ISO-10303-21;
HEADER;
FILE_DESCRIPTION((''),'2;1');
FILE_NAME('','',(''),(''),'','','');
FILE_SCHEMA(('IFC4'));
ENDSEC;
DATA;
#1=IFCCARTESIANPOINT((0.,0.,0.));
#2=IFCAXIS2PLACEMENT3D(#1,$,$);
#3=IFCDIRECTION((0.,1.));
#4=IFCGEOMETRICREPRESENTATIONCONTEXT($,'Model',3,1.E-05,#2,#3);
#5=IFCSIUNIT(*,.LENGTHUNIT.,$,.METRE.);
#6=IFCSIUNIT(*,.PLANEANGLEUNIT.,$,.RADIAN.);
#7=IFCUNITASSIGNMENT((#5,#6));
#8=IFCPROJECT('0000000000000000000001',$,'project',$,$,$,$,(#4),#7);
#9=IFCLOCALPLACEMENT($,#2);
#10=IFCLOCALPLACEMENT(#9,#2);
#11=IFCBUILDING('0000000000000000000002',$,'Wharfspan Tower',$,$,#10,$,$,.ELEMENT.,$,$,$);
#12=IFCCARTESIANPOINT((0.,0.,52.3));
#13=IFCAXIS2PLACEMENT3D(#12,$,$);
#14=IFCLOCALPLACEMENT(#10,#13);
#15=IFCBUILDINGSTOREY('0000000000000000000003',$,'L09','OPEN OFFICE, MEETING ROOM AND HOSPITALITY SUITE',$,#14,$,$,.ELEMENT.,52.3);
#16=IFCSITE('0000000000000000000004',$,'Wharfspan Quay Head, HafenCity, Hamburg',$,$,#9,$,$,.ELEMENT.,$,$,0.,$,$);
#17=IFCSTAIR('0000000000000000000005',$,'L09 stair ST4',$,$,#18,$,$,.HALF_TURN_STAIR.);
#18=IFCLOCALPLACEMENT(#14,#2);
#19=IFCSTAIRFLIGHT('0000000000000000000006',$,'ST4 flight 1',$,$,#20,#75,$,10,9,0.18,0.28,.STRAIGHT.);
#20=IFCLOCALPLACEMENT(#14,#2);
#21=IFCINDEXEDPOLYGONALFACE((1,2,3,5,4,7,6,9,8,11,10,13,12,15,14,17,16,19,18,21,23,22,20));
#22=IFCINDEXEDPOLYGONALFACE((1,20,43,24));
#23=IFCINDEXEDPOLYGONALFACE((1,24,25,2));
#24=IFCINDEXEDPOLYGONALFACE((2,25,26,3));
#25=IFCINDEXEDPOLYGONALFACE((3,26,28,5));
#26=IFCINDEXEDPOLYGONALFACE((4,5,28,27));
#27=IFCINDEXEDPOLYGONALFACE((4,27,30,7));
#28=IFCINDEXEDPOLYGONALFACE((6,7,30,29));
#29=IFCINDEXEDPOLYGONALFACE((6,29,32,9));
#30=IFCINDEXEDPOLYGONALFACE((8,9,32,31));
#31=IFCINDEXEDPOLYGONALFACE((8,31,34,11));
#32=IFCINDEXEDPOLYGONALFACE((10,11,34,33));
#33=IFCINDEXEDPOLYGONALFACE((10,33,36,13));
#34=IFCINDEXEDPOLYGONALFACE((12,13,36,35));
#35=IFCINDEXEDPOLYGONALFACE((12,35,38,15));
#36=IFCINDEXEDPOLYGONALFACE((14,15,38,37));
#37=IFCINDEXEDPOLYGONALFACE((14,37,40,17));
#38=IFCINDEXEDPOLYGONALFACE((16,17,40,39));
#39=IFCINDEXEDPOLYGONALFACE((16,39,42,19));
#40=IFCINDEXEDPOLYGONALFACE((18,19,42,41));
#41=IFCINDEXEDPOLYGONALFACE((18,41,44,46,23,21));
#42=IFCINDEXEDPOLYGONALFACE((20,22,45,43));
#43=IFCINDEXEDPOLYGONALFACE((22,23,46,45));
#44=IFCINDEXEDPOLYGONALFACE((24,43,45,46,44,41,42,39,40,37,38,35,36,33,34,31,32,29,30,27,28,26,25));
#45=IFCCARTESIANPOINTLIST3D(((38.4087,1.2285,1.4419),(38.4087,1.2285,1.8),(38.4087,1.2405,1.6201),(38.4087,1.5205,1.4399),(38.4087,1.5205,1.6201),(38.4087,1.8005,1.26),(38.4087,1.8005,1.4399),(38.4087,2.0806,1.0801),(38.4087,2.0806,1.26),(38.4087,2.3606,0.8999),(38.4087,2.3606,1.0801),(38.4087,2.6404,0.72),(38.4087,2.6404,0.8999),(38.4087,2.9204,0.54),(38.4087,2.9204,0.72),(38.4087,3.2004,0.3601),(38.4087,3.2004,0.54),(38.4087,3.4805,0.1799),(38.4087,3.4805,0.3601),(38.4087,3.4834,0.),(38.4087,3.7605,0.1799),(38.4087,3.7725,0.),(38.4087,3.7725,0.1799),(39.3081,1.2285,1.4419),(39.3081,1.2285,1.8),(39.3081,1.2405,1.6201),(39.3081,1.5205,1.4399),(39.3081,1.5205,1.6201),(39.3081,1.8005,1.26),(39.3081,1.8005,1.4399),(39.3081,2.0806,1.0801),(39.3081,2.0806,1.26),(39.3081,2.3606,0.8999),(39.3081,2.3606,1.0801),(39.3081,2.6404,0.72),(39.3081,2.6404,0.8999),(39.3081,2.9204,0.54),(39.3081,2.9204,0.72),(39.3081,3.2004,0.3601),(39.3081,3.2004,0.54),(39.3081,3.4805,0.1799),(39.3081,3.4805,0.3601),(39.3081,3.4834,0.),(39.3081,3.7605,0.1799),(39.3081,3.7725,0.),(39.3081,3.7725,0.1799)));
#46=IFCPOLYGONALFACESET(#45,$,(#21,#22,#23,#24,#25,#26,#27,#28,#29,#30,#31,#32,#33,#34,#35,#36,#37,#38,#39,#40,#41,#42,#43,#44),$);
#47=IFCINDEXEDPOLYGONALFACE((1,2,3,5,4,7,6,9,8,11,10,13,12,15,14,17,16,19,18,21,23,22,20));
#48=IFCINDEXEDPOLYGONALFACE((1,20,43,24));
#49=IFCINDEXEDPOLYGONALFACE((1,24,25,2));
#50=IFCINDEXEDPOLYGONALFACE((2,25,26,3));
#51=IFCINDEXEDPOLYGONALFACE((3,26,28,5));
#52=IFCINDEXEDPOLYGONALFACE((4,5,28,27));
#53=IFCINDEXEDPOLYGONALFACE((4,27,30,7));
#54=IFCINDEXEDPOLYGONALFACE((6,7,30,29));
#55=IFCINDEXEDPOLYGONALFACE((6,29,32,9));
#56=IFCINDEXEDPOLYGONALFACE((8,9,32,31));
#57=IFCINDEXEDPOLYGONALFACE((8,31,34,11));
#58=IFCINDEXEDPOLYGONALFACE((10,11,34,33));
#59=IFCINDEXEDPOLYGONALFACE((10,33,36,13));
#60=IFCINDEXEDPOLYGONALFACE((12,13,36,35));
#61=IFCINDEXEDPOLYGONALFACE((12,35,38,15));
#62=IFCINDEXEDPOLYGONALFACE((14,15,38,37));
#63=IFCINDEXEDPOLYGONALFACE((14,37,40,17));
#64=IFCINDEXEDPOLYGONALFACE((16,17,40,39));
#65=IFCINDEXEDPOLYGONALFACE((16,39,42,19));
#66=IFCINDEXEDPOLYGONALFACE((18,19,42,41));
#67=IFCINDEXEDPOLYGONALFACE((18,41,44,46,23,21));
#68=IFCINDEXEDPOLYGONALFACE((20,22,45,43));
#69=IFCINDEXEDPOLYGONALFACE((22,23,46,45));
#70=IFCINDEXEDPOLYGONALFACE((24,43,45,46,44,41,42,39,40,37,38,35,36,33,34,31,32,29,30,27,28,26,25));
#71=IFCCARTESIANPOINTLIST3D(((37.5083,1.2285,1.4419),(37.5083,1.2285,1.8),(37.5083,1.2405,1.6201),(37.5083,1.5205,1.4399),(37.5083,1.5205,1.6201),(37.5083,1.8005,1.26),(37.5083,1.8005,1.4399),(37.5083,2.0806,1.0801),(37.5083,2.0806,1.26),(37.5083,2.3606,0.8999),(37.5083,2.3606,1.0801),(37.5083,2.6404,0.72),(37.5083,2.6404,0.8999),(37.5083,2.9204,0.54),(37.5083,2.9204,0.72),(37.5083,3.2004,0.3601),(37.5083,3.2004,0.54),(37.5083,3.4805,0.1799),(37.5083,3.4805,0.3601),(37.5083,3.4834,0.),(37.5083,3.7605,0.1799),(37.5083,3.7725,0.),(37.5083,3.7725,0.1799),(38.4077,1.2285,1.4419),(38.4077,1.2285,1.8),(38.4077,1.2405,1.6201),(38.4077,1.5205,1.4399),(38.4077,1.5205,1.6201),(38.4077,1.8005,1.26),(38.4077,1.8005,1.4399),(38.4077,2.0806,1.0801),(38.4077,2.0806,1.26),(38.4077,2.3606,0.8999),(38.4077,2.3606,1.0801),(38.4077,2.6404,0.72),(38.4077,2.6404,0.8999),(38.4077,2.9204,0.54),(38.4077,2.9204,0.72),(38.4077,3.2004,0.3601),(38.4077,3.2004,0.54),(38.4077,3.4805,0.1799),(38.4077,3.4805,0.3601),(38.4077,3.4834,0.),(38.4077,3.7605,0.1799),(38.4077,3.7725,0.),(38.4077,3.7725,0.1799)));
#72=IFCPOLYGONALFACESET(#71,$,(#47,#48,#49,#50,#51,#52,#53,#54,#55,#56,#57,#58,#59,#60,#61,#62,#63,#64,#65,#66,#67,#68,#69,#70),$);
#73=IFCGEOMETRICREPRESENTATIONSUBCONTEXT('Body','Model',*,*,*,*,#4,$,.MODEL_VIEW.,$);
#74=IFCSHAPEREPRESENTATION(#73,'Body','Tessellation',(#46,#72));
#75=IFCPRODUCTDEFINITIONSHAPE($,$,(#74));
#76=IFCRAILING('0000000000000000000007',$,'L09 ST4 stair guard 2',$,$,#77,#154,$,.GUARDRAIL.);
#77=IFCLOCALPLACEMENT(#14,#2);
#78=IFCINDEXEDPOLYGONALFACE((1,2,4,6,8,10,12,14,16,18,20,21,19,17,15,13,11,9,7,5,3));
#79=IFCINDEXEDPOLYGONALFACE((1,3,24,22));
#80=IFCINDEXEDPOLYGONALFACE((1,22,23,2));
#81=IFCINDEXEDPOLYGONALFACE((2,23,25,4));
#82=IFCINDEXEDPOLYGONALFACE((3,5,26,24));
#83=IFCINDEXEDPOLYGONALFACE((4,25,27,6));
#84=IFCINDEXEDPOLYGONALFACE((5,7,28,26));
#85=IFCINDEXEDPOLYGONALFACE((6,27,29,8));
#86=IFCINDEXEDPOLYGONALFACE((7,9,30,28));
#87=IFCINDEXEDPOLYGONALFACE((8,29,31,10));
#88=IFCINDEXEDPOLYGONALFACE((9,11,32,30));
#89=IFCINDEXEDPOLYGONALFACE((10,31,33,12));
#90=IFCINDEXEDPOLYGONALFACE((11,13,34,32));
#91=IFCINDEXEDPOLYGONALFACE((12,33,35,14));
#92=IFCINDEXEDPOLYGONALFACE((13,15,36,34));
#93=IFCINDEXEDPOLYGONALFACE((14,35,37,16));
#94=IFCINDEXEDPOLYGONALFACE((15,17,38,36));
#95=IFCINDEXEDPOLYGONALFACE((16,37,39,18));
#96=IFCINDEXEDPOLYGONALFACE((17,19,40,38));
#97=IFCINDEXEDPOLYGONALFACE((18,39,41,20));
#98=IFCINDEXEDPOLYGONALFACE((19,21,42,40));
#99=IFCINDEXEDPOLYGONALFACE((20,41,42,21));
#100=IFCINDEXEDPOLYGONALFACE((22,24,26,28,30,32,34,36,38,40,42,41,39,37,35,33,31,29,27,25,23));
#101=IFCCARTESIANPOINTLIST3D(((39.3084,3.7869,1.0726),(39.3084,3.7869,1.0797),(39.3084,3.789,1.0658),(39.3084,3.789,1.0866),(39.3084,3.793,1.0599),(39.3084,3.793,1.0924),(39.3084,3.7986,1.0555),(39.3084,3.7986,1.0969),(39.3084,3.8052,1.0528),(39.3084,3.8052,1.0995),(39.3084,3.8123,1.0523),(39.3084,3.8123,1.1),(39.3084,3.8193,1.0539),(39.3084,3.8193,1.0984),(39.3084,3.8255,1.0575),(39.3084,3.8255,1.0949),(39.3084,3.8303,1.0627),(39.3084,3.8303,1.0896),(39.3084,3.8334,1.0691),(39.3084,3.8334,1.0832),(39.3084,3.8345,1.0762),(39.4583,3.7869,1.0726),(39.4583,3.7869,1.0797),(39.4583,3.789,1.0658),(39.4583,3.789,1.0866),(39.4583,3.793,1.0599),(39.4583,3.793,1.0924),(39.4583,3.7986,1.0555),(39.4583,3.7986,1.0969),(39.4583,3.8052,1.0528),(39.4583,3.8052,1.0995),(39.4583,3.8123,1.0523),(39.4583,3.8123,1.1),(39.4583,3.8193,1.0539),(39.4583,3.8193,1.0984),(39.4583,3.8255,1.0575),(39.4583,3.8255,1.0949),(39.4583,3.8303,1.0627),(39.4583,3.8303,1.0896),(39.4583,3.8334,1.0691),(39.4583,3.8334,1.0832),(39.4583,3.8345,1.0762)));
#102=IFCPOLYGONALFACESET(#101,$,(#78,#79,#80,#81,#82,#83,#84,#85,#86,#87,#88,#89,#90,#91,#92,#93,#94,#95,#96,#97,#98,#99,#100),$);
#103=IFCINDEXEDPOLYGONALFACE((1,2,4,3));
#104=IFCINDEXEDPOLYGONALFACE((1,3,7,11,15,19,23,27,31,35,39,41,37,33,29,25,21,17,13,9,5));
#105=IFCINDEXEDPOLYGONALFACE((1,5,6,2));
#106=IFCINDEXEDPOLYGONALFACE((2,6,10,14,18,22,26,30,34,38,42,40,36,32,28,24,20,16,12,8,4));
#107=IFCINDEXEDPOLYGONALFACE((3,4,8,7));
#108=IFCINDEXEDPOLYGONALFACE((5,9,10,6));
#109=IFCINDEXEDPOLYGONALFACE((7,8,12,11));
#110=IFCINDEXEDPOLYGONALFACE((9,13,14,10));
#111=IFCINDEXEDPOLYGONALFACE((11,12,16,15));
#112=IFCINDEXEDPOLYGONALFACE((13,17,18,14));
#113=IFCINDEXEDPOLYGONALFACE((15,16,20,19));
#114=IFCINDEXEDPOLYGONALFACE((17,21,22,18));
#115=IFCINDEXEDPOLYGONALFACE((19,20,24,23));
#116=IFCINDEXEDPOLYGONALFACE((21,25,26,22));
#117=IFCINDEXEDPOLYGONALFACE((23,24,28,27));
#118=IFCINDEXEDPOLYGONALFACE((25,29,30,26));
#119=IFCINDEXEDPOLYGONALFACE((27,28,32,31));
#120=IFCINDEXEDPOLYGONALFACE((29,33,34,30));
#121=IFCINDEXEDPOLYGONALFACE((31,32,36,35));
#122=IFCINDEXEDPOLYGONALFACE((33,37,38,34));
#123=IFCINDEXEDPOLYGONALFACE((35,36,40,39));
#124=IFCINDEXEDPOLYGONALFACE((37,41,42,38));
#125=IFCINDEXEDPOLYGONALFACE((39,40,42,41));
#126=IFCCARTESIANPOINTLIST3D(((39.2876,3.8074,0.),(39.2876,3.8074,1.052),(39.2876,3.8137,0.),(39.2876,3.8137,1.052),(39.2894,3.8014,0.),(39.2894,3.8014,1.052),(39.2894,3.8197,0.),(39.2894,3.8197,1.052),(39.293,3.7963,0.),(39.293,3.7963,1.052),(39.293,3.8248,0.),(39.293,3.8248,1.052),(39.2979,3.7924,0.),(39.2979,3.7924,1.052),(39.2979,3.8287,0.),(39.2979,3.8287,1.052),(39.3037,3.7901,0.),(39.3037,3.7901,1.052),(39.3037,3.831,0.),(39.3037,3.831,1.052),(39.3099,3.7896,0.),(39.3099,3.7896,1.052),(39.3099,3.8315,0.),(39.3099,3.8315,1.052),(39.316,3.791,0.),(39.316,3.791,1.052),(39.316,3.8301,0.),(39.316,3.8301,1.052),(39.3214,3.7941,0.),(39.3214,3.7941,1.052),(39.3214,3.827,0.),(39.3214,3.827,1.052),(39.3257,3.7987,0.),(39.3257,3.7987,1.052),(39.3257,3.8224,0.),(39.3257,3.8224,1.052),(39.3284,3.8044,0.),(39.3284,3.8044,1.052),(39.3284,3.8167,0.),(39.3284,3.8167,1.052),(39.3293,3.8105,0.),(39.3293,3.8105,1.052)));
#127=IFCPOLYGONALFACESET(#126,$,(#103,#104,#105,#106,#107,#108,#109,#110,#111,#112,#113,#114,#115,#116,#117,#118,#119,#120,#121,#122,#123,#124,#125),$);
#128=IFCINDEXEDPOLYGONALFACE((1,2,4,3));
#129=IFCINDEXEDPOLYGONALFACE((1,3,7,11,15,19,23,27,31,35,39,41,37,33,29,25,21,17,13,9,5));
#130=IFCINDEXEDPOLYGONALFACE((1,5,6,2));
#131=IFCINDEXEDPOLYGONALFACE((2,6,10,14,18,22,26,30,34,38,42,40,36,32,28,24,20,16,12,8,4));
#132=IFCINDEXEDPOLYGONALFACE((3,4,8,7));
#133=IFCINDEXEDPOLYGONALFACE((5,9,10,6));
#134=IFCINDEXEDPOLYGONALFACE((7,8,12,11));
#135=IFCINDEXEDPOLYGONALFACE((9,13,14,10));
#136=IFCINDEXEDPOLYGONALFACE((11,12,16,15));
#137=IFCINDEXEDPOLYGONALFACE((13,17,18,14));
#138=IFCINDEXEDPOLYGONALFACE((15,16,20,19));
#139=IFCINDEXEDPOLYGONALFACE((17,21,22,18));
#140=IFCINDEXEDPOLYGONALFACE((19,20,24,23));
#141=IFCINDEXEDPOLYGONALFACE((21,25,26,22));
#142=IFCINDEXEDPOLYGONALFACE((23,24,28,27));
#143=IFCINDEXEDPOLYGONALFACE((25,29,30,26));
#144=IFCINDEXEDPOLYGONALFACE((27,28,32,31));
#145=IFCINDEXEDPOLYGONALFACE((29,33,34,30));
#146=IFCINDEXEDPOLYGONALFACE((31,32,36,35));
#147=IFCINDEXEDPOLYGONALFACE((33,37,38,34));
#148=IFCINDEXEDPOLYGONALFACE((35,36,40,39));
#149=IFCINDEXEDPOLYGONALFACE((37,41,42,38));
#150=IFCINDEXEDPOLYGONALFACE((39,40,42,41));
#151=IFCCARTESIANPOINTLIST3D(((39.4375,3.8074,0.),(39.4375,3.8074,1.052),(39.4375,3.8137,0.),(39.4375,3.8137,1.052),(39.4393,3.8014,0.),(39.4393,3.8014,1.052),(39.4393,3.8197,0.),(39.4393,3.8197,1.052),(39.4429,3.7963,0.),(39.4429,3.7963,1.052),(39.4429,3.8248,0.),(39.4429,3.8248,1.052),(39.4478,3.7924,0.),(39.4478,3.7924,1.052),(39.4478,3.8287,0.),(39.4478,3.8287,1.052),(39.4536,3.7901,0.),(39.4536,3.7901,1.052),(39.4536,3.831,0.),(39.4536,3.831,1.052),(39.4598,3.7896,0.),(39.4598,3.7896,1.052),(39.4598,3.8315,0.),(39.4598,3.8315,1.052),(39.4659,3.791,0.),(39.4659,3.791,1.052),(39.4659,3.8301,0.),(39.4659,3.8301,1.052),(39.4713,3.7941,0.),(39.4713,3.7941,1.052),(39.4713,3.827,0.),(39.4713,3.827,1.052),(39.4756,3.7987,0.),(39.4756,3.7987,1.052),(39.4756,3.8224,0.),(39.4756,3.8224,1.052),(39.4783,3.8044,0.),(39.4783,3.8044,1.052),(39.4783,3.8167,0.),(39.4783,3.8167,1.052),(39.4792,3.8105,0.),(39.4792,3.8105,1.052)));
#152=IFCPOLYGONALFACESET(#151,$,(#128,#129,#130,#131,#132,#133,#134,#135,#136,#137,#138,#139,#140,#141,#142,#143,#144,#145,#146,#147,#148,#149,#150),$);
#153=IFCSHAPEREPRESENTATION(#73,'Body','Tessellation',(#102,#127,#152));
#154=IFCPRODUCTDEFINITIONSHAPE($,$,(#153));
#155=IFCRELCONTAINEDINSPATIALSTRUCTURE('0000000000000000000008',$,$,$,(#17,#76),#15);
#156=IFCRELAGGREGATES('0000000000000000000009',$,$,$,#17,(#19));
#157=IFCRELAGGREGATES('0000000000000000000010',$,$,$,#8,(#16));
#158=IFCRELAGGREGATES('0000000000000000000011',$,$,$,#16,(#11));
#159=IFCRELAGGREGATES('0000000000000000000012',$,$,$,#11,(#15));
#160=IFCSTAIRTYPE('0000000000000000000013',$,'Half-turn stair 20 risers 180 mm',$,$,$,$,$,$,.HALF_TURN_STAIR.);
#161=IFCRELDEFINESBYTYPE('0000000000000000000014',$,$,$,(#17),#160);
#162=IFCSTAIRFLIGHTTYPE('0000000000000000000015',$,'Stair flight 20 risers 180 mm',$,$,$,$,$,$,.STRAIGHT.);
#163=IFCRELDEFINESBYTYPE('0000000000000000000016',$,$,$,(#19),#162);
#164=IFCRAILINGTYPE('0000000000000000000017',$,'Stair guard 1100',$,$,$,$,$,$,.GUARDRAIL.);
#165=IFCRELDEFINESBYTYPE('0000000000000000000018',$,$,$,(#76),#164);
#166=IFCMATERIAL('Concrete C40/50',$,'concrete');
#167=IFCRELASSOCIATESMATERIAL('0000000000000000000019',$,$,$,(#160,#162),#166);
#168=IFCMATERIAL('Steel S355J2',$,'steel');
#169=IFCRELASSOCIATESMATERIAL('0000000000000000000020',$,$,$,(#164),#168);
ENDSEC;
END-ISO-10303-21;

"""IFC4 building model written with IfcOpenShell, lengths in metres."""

from ifc_helpers import new_model, si_unit, direction, frame, origin, origin_2d, place, context, subcontext, project, spatial, polyline, circle, outline, extrude, material, type_object, element, aggregate, save


model = new_model("IFC4")

# Units and contexts
model_context = context("Model", 3, precision=1e-05, world=origin(), true_north=direction((0.0, 1.0)))
body_context = subcontext(model_context, "Body", "Model", "MODEL_VIEW")
ifc_project = project(units=[si_unit("LENGTHUNIT", "METRE"), si_unit("PLANEANGLEUNIT", "RADIAN")], contexts=[model_context])

# Site, building, storey
site_placement = place(None, origin())
site = spatial("IfcSite", under=ifc_project, at=site_placement, Name="Wharfspan Quay Head, HafenCity, Hamburg", CompositionType="ELEMENT", RefElevation=0.0)
building_placement = place(site_placement, origin())
building = spatial("IfcBuilding", under=site, at=building_placement, Name="Wharfspan Tower", CompositionType="ELEMENT")
storey_placement = place(building_placement, frame((0.0, 0.0, 52.3)))
storey = spatial("IfcBuildingStorey", under=building, at=storey_placement, Name="L09", Description="OPEN OFFICE, MEETING ROOM AND HOSPITALITY SUITE", CompositionType="ELEMENT", Elevation=52.3)

# Shared definitions
ifc_material_1 = material(Name="Steel S355J2", Category="steel")

# Shared definitions
ifc_material_2 = material(Name="Concrete C40/50", Category="concrete")

# Stair, stair flight
stair_type = type_object("IfcStairType", Name="Half-turn stair 20 risers 180 mm", PredefinedType="HALF_TURN_STAIR", material=ifc_material_2)
stair_placement = place(storey_placement, origin())
stair = element("IfcStair", 1, at=stair_placement, inside=storey, type_object=stair_type, Name="L09 stair ST4", PredefinedType="HALF_TURN_STAIR")
stair_flight_type = type_object("IfcStairFlightType", Name="Stair flight 20 risers 180 mm", PredefinedType="STRAIGHT", material=ifc_material_2)
stair_flight_placement = place(storey_placement, frame((38.4082, 3.7605, 0.0), z_axis=(0.0, 0.0, 1.0), x_axis=(0.0, -1.0, 0.0)))
stair_flight = element("IfcStairFlight", 2, at=stair_flight_placement, type_object=stair_flight_type, Name="ST4 flight 1", NumberOfRisers=10, NumberOfTreads=9, PredefinedType="STRAIGHT", RiserHeight=0.18, TreadLength=0.28, context=body_context, shape_type="SweptSolid", body=[
    extrude(outline(polyline([(-0.012, 0.0), (-0.012, 0.1799), (0.0, 0.1799), (0.28, 0.1799), (0.28, 0.3601), (0.5601, 0.3601), (0.5601, 0.54), (0.8401, 0.54), (0.8401, 0.72), (1.1201, 0.72), (1.1201, 0.8999), (1.3999, 0.8999), (1.3999, 1.0801), (1.6799, 1.0801), (1.6799, 1.26), (1.96, 1.26), (1.96, 1.4399), (2.24, 1.4399), (2.24, 1.6201), (2.52, 1.6201), (2.532, 1.8), (2.532, 1.4419), (0.2771, 0.0), (-0.012, 0.0)])), frame((0.0, 0.8999, 0.0), z_axis=(0.0, -1.0, 0.0), x_axis=(1.0, 0.0, 0.0)), (0.0, 0.0, 1.0), 0.8994),
    extrude(outline(polyline([(-0.012, 0.0), (-0.012, 0.1799), (0.0, 0.1799), (0.28, 0.1799), (0.28, 0.3601), (0.5601, 0.3601), (0.5601, 0.54), (0.8401, 0.54), (0.8401, 0.72), (1.1201, 0.72), (1.1201, 0.8999), (1.3999, 0.8999), (1.3999, 1.0801), (1.6799, 1.0801), (1.6799, 1.26), (1.96, 1.26), (1.96, 1.4399), (2.24, 1.4399), (2.24, 1.6201), (2.52, 1.6201), (2.532, 1.8), (2.532, 1.4419), (0.2771, 0.0), (-0.012, 0.0)])), frame((0.0, -0.0005, 0.0), z_axis=(0.0, -1.0, 0.0), x_axis=(1.0, 0.0, 0.0)), (0.0, 0.0, 1.0), 0.8994),
])
aggregate(stair, [stair_flight])

# Railing
railing_type_1 = type_object("IfcRailingType", Name="Stair guard 1100", PredefinedType="GUARDRAIL", material=ifc_material_1)
railing_1_placement = place(storey_placement, frame((39.3083, 3.8105, 0.0)))
element("IfcRailing", 3, at=railing_1_placement, inside=storey, type_object=railing_type_1, Name="L09 ST4 stair guard 2", PredefinedType="GUARDRAIL", context=body_context, shape_type="SweptSolid", body=[
    extrude(circle(Radius=0.0239, at=origin_2d()), frame((0.0, 0.0, 1.0762), z_axis=(1.0, 0.0, 0.0), x_axis=(0.0, 1.0, 0.0)), (0.0, 0.0, 1.0), 0.1499),
    extrude(circle(Radius=0.021, at=origin_2d()), origin(), (0.0, 0.0, 1.0), 1.052),
    extrude(circle(Radius=0.021, at=origin_2d()), frame((0.1499, 0.0, 0.0)), (0.0, 0.0, 1.0), 1.052),
])

save(model, "model.ifc")
